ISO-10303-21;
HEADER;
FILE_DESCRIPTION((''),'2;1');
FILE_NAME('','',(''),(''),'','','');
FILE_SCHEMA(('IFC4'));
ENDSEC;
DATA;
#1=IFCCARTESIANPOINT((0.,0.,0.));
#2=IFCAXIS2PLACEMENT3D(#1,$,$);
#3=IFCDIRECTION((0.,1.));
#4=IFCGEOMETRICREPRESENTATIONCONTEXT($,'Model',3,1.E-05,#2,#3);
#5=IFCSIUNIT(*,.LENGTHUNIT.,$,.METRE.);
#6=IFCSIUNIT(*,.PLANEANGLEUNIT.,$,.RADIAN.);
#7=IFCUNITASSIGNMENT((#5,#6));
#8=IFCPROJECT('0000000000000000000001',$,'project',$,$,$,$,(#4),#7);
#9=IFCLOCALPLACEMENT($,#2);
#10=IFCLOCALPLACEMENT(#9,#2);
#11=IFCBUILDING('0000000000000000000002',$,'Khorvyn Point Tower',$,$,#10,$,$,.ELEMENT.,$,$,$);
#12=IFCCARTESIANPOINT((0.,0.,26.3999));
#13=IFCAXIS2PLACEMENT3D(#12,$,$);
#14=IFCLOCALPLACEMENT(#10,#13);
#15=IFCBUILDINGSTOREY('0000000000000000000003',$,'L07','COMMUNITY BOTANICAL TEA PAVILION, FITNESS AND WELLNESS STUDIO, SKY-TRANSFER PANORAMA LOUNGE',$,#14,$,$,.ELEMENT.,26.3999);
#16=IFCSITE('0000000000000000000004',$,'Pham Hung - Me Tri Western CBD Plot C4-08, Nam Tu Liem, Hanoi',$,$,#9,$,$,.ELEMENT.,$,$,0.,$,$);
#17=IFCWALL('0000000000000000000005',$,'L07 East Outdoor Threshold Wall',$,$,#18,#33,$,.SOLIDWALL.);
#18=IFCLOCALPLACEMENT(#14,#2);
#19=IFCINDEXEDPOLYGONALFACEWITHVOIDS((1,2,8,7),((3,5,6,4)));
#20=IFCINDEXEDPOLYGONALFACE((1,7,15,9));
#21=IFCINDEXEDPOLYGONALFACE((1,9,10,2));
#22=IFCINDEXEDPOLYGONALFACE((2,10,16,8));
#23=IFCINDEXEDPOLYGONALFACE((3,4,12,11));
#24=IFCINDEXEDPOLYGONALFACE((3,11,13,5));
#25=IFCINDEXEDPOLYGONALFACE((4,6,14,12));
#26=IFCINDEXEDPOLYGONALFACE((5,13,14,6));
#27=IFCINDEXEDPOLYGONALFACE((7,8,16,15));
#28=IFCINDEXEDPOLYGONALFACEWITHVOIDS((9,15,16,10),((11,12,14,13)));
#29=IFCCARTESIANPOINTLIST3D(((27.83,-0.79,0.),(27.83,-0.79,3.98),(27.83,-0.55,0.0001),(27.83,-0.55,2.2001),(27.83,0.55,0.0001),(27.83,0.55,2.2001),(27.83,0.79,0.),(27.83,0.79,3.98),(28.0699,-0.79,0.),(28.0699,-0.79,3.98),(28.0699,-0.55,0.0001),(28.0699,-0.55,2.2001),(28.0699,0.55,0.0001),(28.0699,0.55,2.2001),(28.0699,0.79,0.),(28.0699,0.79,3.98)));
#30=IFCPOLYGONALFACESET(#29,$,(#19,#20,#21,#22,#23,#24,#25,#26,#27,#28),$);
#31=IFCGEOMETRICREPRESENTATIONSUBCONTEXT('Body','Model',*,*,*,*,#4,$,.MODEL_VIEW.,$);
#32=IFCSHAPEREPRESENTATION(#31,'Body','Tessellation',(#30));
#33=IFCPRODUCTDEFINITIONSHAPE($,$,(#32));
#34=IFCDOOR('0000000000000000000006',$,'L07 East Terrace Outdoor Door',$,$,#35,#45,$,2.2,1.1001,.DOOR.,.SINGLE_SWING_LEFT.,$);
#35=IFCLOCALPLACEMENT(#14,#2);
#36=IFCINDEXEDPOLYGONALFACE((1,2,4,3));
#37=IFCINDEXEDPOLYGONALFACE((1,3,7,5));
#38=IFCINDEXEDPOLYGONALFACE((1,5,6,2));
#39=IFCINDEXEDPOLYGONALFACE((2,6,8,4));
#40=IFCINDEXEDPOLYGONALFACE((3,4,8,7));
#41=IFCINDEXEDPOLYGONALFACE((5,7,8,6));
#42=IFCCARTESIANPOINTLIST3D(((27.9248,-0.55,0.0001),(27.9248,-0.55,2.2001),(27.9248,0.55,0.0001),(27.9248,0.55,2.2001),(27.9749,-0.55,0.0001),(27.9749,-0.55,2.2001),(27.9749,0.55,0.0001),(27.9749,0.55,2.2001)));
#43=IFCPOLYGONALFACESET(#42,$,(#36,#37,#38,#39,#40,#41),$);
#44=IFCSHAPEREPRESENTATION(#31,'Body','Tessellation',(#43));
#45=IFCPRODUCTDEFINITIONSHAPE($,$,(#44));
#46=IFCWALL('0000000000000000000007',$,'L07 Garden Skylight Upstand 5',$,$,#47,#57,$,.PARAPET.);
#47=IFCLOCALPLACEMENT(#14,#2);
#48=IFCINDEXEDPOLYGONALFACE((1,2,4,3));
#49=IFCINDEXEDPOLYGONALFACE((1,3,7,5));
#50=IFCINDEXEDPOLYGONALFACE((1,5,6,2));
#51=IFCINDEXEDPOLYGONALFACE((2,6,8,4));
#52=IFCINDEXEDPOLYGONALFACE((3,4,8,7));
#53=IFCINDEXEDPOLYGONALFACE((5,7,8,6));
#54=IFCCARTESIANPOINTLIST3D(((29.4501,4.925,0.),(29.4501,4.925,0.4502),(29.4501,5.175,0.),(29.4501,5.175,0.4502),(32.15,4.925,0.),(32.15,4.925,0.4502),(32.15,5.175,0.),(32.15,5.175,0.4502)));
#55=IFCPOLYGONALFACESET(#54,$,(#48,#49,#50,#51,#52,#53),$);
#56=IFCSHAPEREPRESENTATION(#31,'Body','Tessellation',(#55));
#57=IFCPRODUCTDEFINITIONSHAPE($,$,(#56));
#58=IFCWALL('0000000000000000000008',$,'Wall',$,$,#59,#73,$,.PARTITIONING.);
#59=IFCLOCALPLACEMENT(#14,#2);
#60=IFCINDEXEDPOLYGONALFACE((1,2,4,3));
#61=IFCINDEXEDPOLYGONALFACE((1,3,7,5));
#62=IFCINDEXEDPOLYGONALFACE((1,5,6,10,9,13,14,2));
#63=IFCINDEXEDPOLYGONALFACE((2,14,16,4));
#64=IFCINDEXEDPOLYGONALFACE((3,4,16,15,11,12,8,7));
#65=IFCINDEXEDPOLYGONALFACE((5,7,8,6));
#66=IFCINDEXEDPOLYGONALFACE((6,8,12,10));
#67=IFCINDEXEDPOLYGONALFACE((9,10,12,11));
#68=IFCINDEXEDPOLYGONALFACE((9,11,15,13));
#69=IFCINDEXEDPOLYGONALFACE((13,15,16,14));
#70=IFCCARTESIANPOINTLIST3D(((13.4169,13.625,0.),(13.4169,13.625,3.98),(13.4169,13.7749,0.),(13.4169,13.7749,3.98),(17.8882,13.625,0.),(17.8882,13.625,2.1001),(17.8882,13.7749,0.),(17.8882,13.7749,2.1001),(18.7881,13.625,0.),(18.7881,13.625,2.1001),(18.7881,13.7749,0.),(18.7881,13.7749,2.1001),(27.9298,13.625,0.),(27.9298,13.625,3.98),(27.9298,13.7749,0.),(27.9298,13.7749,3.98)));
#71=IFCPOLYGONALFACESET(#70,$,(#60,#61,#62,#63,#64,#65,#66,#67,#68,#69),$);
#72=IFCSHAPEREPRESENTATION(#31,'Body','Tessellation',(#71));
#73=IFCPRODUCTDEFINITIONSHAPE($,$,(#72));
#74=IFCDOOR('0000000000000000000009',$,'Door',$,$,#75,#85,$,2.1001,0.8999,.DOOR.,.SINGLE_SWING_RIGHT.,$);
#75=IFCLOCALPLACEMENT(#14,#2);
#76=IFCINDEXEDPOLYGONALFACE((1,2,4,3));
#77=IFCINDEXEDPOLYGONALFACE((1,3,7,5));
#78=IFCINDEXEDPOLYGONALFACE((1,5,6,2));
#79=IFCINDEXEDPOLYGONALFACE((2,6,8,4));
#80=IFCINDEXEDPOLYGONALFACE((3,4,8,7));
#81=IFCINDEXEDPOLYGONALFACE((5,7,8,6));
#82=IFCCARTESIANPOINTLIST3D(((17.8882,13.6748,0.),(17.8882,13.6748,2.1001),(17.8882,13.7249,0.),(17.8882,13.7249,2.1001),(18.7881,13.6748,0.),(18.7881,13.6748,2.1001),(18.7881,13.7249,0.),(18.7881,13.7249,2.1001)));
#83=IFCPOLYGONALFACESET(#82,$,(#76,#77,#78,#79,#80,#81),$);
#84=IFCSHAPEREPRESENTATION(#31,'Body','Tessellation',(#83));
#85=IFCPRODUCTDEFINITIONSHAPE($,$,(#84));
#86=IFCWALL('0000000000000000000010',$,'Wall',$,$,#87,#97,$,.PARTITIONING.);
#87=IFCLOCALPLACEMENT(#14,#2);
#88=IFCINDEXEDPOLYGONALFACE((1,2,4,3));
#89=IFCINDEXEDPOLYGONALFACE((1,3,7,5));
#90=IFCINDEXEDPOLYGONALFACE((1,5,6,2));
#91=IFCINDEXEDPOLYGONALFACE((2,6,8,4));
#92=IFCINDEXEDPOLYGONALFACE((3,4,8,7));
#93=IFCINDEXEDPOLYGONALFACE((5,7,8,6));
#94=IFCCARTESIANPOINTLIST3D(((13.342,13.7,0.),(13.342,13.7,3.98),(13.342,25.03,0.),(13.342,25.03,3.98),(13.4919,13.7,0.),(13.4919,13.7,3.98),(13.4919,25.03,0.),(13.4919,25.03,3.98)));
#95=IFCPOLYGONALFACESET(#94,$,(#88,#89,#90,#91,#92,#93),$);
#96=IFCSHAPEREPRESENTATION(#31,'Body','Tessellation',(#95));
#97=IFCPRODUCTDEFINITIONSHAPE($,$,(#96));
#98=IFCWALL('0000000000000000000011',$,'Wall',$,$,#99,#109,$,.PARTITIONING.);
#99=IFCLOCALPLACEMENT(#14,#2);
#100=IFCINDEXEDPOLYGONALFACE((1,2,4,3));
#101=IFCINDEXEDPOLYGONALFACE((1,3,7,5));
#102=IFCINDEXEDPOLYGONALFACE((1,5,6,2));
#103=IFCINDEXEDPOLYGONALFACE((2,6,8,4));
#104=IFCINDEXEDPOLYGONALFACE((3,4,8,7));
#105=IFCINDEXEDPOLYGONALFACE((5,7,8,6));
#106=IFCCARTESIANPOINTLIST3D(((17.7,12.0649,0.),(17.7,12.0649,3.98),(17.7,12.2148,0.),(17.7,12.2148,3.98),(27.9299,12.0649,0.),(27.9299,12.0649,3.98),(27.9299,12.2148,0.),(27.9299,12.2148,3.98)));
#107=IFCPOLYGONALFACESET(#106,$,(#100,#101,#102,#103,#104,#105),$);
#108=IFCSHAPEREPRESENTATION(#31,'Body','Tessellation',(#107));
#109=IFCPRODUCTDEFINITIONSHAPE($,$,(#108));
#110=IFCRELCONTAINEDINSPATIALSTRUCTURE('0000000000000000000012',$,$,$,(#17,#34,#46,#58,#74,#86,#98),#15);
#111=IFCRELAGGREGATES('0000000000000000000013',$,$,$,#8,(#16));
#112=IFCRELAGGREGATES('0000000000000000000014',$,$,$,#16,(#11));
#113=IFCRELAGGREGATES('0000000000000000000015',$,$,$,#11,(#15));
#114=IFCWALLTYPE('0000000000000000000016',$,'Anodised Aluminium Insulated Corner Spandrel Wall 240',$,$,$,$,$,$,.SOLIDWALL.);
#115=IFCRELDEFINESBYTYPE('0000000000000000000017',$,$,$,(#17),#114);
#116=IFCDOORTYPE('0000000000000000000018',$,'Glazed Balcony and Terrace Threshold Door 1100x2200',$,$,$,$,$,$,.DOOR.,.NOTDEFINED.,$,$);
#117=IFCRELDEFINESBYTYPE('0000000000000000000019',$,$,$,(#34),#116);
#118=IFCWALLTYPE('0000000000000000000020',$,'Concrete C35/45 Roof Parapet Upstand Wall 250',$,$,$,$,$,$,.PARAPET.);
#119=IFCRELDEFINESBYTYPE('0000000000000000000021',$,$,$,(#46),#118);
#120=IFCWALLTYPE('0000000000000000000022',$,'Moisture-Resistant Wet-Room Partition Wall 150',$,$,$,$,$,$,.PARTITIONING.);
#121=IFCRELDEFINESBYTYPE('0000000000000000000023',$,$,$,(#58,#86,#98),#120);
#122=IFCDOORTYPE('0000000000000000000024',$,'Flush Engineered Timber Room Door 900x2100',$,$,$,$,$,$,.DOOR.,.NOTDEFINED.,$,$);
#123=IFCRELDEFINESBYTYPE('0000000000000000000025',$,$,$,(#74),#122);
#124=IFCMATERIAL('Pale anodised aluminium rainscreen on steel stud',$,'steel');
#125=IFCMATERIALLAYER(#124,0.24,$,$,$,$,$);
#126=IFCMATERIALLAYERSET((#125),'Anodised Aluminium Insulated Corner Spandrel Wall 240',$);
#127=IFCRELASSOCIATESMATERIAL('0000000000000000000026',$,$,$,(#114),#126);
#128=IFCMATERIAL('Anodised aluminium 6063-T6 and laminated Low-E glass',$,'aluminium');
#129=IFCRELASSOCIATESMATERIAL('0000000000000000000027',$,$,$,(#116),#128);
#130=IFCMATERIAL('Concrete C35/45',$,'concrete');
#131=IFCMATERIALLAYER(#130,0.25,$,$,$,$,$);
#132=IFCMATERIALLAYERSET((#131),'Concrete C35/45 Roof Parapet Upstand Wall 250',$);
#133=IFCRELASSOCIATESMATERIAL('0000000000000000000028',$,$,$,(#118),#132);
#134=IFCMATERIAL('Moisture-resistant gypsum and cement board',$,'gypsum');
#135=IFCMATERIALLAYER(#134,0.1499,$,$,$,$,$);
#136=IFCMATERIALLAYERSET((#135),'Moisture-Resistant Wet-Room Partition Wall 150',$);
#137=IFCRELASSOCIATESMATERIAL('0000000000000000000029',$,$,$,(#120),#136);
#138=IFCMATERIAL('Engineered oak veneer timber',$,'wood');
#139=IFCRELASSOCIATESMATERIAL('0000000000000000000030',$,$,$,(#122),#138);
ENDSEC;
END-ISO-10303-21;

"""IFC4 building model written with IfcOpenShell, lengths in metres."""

from ifc_helpers import new_model, si_unit, direction, frame, frame_2d, origin, place, context, subcontext, project, spatial, rectangle, extrude, material, layer, layer_set, type_object, element, fill, save


model = new_model("IFC4")

# Units and contexts
model_context = context("Model", 3, precision=1e-05, world=origin(), true_north=direction((0.0, 1.0)))
body_context = subcontext(model_context, "Body", "Model", "MODEL_VIEW")
ifc_project = project(units=[si_unit("LENGTHUNIT", "METRE"), si_unit("PLANEANGLEUNIT", "RADIAN")], contexts=[model_context])

# Site, building, storey
site_placement = place(None, origin())
site = spatial("IfcSite", under=ifc_project, at=site_placement, Name="Pham Hung - Me Tri Western CBD Plot C4-08, Nam Tu Liem, Hanoi", CompositionType="ELEMENT", RefElevation=0.0)
building_placement = place(site_placement, origin())
building = spatial("IfcBuilding", under=site, at=building_placement, Name="Khorvyn Point Tower", CompositionType="ELEMENT")
storey_placement = place(building_placement, frame((0.0, 0.0, 26.3999)))
storey = spatial("IfcBuildingStorey", under=building, at=storey_placement, Name="L07", Description="COMMUNITY BOTANICAL TEA PAVILION, FITNESS AND WELLNESS STUDIO, SKY-TRANSFER PANORAMA LOUNGE", CompositionType="ELEMENT", Elevation=26.3999)

# Shared definitions
ifc_material_1 = material(Name="Anodised aluminium 6063-T6 and laminated Low-E glass", Category="aluminium")

# Wall, opening, door
ifc_material_2 = material(Name="Pale anodised aluminium rainscreen on steel stud", Category="steel")
ifc_layer_1 = layer(ifc_material_2, 0.24)
ifc_layer_set_1 = layer_set([ifc_layer_1], Name="Anodised Aluminium Insulated Corner Spandrel Wall 240")
wall_type_1 = type_object("IfcWallType", Name="Anodised Aluminium Insulated Corner Spandrel Wall 240", PredefinedType="SOLIDWALL", material=ifc_layer_set_1)
wall_1_placement = place(storey_placement, frame((27.95, 0.79, 0.0), z_axis=(0.0, 0.0, 1.0), x_axis=(0.0, -1.0, 0.0)))
wall_1 = element("IfcWall", 1, at=wall_1_placement, inside=storey, type_object=wall_type_1, Name="L07 East Outdoor Threshold Wall", PredefinedType="SOLIDWALL", context=body_context, shape_type="SweptSolid", body=[
    extrude(rectangle(XDim=1.5801, YDim=0.24, at=frame_2d((0.79, 0.0))), origin(), (0.0, 0.0, 1.0), 3.98),
])
opening_1_placement = place(wall_1_placement, frame((0.24, 0.0, 0.0)))
opening_1 = element("IfcOpeningElement", 2, at=opening_1_placement, cuts=wall_1, PredefinedType="OPENING", context=body_context, shape_type="SweptSolid", body=[
    extrude(rectangle(XDim=1.1001, YDim=2.2, at=frame_2d((0.55, 1.1001))), frame((0.0, 0.1299, 0.0), z_axis=(0.0, -1.0, 0.0), x_axis=(1.0, 0.0, 0.0)), (0.0, 0.0, 1.0), 0.26),
])
door_type_1 = type_object("IfcDoorType", Name="Glazed Balcony and Terrace Threshold Door 1100x2200", OperationType="NOTDEFINED", PredefinedType="DOOR", material=ifc_material_1)
door_1_placement = place(opening_1_placement, origin())
door_1 = element("IfcDoor", 3, at=door_1_placement, inside=storey, type_object=door_type_1, Name="L07 East Terrace Outdoor Door", OperationType="SINGLE_SWING_LEFT", OverallHeight=2.2, OverallWidth=1.1001, PredefinedType="DOOR", context=body_context, shape_type="SweptSolid", body=[
    extrude(rectangle(XDim=1.1001, YDim=2.2, at=frame_2d((0.55, 1.1001))), frame((0.0, 0.0249, 0.0), z_axis=(0.0, -1.0, 0.0), x_axis=(1.0, 0.0, 0.0)), (0.0, 0.0, 1.0), 0.05),
])
fill(opening_1, door_1)

# Wall
ifc_material_3 = material(Name="Concrete C35/45", Category="concrete")
ifc_layer_2 = layer(ifc_material_3, 0.25)
ifc_layer_set_2 = layer_set([ifc_layer_2], Name="Concrete C35/45 Roof Parapet Upstand Wall 250")
wall_type_2 = type_object("IfcWallType", Name="Concrete C35/45 Roof Parapet Upstand Wall 250", PredefinedType="PARAPET", material=ifc_layer_set_2)
wall_2_placement = place(storey_placement, frame((29.45, 5.05, 0.0), z_axis=(0.0, 0.0, 1.0), x_axis=(1.0, 0.0, 0.0)))
element("IfcWall", 4, at=wall_2_placement, inside=storey, type_object=wall_type_2, Name="L07 Garden Skylight Upstand 5", PredefinedType="PARAPET", context=body_context, shape_type="SweptSolid", body=[
    extrude(rectangle(XDim=2.7, YDim=0.25, at=frame_2d((1.3501, 0.0))), origin(), (0.0, 0.0, 1.0), 0.4502),
])

# Wall, opening, door
ifc_material_4 = material(Name="Moisture-resistant gypsum and cement board", Category="gypsum")
ifc_layer_3 = layer(ifc_material_4, 0.1499)
ifc_layer_set_3 = layer_set([ifc_layer_3], Name="Moisture-Resistant Wet-Room Partition Wall 150")
wall_type_3 = type_object("IfcWallType", Name="Moisture-Resistant Wet-Room Partition Wall 150", PredefinedType="PARTITIONING", material=ifc_layer_set_3)
wall_3_placement = place(storey_placement, frame((13.417, 13.7, 0.0), z_axis=(0.0, 0.0, 1.0), x_axis=(1.0, 0.0, 0.0)))
wall_3 = element("IfcWall", 5, at=wall_3_placement, inside=storey, type_object=wall_type_3, Name="Wall", PredefinedType="PARTITIONING", context=body_context, shape_type="SweptSolid", body=[
    extrude(rectangle(XDim=14.5129, YDim=0.1499, at=frame_2d((7.2563, 0.0))), origin(), (0.0, 0.0, 1.0), 3.98),
])
opening_2_placement = place(wall_3_placement, frame((4.4712, 0.0, 0.0)))
opening_2 = element("IfcOpeningElement", 6, at=opening_2_placement, cuts=wall_3, PredefinedType="OPENING", context=body_context, shape_type="SweptSolid", body=[
    extrude(rectangle(XDim=0.8999, YDim=2.1001, at=frame_2d((0.45, 1.05))), frame((0.0, 0.085, 0.0), z_axis=(0.0, -1.0, 0.0), x_axis=(1.0, 0.0, 0.0)), (0.0, 0.0, 1.0), 0.1699),
])
ifc_material_5 = material(Name="Engineered oak veneer timber", Category="wood")
door_type_2 = type_object("IfcDoorType", Name="Flush Engineered Timber Room Door 900x2100", OperationType="NOTDEFINED", PredefinedType="DOOR", material=ifc_material_5)
door_2_placement = place(opening_2_placement, origin())
door_2 = element("IfcDoor", 7, at=door_2_placement, inside=storey, type_object=door_type_2, Name="Door", OperationType="SINGLE_SWING_RIGHT", OverallHeight=2.1001, OverallWidth=0.8999, PredefinedType="DOOR", context=body_context, shape_type="SweptSolid", body=[
    extrude(rectangle(XDim=0.8999, YDim=2.1001, at=frame_2d((0.45, 1.05))), frame((0.0, 0.0249, 0.0), z_axis=(0.0, -1.0, 0.0), x_axis=(1.0, 0.0, 0.0)), (0.0, 0.0, 1.0), 0.05),
])
fill(opening_2, door_2)

# Walls
wall_4_placement = place(storey_placement, frame((13.417, 13.7, 0.0), z_axis=(0.0, 0.0, 1.0), x_axis=(0.0, 1.0, 0.0)))
element("IfcWall", 8, at=wall_4_placement, inside=storey, type_object=wall_type_3, Name="Wall", PredefinedType="PARTITIONING", context=body_context, shape_type="SweptSolid", body=[
    extrude(rectangle(XDim=11.3301, YDim=0.1499, at=frame_2d((5.665, 0.0))), origin(), (0.0, 0.0, 1.0), 3.98),
])
wall_5_placement = place(storey_placement, frame((17.7, 12.1399, 0.0), z_axis=(0.0, 0.0, 1.0), x_axis=(1.0, 0.0, 0.0)))
element("IfcWall", 9, at=wall_5_placement, inside=storey, type_object=wall_type_3, Name="Wall", PredefinedType="PARTITIONING", context=body_context, shape_type="SweptSolid", body=[
    extrude(rectangle(XDim=10.23, YDim=0.1499, at=frame_2d((5.115, 0.0))), origin(), (0.0, 0.0, 1.0), 3.98),
])

save(model, "model.ifc")
